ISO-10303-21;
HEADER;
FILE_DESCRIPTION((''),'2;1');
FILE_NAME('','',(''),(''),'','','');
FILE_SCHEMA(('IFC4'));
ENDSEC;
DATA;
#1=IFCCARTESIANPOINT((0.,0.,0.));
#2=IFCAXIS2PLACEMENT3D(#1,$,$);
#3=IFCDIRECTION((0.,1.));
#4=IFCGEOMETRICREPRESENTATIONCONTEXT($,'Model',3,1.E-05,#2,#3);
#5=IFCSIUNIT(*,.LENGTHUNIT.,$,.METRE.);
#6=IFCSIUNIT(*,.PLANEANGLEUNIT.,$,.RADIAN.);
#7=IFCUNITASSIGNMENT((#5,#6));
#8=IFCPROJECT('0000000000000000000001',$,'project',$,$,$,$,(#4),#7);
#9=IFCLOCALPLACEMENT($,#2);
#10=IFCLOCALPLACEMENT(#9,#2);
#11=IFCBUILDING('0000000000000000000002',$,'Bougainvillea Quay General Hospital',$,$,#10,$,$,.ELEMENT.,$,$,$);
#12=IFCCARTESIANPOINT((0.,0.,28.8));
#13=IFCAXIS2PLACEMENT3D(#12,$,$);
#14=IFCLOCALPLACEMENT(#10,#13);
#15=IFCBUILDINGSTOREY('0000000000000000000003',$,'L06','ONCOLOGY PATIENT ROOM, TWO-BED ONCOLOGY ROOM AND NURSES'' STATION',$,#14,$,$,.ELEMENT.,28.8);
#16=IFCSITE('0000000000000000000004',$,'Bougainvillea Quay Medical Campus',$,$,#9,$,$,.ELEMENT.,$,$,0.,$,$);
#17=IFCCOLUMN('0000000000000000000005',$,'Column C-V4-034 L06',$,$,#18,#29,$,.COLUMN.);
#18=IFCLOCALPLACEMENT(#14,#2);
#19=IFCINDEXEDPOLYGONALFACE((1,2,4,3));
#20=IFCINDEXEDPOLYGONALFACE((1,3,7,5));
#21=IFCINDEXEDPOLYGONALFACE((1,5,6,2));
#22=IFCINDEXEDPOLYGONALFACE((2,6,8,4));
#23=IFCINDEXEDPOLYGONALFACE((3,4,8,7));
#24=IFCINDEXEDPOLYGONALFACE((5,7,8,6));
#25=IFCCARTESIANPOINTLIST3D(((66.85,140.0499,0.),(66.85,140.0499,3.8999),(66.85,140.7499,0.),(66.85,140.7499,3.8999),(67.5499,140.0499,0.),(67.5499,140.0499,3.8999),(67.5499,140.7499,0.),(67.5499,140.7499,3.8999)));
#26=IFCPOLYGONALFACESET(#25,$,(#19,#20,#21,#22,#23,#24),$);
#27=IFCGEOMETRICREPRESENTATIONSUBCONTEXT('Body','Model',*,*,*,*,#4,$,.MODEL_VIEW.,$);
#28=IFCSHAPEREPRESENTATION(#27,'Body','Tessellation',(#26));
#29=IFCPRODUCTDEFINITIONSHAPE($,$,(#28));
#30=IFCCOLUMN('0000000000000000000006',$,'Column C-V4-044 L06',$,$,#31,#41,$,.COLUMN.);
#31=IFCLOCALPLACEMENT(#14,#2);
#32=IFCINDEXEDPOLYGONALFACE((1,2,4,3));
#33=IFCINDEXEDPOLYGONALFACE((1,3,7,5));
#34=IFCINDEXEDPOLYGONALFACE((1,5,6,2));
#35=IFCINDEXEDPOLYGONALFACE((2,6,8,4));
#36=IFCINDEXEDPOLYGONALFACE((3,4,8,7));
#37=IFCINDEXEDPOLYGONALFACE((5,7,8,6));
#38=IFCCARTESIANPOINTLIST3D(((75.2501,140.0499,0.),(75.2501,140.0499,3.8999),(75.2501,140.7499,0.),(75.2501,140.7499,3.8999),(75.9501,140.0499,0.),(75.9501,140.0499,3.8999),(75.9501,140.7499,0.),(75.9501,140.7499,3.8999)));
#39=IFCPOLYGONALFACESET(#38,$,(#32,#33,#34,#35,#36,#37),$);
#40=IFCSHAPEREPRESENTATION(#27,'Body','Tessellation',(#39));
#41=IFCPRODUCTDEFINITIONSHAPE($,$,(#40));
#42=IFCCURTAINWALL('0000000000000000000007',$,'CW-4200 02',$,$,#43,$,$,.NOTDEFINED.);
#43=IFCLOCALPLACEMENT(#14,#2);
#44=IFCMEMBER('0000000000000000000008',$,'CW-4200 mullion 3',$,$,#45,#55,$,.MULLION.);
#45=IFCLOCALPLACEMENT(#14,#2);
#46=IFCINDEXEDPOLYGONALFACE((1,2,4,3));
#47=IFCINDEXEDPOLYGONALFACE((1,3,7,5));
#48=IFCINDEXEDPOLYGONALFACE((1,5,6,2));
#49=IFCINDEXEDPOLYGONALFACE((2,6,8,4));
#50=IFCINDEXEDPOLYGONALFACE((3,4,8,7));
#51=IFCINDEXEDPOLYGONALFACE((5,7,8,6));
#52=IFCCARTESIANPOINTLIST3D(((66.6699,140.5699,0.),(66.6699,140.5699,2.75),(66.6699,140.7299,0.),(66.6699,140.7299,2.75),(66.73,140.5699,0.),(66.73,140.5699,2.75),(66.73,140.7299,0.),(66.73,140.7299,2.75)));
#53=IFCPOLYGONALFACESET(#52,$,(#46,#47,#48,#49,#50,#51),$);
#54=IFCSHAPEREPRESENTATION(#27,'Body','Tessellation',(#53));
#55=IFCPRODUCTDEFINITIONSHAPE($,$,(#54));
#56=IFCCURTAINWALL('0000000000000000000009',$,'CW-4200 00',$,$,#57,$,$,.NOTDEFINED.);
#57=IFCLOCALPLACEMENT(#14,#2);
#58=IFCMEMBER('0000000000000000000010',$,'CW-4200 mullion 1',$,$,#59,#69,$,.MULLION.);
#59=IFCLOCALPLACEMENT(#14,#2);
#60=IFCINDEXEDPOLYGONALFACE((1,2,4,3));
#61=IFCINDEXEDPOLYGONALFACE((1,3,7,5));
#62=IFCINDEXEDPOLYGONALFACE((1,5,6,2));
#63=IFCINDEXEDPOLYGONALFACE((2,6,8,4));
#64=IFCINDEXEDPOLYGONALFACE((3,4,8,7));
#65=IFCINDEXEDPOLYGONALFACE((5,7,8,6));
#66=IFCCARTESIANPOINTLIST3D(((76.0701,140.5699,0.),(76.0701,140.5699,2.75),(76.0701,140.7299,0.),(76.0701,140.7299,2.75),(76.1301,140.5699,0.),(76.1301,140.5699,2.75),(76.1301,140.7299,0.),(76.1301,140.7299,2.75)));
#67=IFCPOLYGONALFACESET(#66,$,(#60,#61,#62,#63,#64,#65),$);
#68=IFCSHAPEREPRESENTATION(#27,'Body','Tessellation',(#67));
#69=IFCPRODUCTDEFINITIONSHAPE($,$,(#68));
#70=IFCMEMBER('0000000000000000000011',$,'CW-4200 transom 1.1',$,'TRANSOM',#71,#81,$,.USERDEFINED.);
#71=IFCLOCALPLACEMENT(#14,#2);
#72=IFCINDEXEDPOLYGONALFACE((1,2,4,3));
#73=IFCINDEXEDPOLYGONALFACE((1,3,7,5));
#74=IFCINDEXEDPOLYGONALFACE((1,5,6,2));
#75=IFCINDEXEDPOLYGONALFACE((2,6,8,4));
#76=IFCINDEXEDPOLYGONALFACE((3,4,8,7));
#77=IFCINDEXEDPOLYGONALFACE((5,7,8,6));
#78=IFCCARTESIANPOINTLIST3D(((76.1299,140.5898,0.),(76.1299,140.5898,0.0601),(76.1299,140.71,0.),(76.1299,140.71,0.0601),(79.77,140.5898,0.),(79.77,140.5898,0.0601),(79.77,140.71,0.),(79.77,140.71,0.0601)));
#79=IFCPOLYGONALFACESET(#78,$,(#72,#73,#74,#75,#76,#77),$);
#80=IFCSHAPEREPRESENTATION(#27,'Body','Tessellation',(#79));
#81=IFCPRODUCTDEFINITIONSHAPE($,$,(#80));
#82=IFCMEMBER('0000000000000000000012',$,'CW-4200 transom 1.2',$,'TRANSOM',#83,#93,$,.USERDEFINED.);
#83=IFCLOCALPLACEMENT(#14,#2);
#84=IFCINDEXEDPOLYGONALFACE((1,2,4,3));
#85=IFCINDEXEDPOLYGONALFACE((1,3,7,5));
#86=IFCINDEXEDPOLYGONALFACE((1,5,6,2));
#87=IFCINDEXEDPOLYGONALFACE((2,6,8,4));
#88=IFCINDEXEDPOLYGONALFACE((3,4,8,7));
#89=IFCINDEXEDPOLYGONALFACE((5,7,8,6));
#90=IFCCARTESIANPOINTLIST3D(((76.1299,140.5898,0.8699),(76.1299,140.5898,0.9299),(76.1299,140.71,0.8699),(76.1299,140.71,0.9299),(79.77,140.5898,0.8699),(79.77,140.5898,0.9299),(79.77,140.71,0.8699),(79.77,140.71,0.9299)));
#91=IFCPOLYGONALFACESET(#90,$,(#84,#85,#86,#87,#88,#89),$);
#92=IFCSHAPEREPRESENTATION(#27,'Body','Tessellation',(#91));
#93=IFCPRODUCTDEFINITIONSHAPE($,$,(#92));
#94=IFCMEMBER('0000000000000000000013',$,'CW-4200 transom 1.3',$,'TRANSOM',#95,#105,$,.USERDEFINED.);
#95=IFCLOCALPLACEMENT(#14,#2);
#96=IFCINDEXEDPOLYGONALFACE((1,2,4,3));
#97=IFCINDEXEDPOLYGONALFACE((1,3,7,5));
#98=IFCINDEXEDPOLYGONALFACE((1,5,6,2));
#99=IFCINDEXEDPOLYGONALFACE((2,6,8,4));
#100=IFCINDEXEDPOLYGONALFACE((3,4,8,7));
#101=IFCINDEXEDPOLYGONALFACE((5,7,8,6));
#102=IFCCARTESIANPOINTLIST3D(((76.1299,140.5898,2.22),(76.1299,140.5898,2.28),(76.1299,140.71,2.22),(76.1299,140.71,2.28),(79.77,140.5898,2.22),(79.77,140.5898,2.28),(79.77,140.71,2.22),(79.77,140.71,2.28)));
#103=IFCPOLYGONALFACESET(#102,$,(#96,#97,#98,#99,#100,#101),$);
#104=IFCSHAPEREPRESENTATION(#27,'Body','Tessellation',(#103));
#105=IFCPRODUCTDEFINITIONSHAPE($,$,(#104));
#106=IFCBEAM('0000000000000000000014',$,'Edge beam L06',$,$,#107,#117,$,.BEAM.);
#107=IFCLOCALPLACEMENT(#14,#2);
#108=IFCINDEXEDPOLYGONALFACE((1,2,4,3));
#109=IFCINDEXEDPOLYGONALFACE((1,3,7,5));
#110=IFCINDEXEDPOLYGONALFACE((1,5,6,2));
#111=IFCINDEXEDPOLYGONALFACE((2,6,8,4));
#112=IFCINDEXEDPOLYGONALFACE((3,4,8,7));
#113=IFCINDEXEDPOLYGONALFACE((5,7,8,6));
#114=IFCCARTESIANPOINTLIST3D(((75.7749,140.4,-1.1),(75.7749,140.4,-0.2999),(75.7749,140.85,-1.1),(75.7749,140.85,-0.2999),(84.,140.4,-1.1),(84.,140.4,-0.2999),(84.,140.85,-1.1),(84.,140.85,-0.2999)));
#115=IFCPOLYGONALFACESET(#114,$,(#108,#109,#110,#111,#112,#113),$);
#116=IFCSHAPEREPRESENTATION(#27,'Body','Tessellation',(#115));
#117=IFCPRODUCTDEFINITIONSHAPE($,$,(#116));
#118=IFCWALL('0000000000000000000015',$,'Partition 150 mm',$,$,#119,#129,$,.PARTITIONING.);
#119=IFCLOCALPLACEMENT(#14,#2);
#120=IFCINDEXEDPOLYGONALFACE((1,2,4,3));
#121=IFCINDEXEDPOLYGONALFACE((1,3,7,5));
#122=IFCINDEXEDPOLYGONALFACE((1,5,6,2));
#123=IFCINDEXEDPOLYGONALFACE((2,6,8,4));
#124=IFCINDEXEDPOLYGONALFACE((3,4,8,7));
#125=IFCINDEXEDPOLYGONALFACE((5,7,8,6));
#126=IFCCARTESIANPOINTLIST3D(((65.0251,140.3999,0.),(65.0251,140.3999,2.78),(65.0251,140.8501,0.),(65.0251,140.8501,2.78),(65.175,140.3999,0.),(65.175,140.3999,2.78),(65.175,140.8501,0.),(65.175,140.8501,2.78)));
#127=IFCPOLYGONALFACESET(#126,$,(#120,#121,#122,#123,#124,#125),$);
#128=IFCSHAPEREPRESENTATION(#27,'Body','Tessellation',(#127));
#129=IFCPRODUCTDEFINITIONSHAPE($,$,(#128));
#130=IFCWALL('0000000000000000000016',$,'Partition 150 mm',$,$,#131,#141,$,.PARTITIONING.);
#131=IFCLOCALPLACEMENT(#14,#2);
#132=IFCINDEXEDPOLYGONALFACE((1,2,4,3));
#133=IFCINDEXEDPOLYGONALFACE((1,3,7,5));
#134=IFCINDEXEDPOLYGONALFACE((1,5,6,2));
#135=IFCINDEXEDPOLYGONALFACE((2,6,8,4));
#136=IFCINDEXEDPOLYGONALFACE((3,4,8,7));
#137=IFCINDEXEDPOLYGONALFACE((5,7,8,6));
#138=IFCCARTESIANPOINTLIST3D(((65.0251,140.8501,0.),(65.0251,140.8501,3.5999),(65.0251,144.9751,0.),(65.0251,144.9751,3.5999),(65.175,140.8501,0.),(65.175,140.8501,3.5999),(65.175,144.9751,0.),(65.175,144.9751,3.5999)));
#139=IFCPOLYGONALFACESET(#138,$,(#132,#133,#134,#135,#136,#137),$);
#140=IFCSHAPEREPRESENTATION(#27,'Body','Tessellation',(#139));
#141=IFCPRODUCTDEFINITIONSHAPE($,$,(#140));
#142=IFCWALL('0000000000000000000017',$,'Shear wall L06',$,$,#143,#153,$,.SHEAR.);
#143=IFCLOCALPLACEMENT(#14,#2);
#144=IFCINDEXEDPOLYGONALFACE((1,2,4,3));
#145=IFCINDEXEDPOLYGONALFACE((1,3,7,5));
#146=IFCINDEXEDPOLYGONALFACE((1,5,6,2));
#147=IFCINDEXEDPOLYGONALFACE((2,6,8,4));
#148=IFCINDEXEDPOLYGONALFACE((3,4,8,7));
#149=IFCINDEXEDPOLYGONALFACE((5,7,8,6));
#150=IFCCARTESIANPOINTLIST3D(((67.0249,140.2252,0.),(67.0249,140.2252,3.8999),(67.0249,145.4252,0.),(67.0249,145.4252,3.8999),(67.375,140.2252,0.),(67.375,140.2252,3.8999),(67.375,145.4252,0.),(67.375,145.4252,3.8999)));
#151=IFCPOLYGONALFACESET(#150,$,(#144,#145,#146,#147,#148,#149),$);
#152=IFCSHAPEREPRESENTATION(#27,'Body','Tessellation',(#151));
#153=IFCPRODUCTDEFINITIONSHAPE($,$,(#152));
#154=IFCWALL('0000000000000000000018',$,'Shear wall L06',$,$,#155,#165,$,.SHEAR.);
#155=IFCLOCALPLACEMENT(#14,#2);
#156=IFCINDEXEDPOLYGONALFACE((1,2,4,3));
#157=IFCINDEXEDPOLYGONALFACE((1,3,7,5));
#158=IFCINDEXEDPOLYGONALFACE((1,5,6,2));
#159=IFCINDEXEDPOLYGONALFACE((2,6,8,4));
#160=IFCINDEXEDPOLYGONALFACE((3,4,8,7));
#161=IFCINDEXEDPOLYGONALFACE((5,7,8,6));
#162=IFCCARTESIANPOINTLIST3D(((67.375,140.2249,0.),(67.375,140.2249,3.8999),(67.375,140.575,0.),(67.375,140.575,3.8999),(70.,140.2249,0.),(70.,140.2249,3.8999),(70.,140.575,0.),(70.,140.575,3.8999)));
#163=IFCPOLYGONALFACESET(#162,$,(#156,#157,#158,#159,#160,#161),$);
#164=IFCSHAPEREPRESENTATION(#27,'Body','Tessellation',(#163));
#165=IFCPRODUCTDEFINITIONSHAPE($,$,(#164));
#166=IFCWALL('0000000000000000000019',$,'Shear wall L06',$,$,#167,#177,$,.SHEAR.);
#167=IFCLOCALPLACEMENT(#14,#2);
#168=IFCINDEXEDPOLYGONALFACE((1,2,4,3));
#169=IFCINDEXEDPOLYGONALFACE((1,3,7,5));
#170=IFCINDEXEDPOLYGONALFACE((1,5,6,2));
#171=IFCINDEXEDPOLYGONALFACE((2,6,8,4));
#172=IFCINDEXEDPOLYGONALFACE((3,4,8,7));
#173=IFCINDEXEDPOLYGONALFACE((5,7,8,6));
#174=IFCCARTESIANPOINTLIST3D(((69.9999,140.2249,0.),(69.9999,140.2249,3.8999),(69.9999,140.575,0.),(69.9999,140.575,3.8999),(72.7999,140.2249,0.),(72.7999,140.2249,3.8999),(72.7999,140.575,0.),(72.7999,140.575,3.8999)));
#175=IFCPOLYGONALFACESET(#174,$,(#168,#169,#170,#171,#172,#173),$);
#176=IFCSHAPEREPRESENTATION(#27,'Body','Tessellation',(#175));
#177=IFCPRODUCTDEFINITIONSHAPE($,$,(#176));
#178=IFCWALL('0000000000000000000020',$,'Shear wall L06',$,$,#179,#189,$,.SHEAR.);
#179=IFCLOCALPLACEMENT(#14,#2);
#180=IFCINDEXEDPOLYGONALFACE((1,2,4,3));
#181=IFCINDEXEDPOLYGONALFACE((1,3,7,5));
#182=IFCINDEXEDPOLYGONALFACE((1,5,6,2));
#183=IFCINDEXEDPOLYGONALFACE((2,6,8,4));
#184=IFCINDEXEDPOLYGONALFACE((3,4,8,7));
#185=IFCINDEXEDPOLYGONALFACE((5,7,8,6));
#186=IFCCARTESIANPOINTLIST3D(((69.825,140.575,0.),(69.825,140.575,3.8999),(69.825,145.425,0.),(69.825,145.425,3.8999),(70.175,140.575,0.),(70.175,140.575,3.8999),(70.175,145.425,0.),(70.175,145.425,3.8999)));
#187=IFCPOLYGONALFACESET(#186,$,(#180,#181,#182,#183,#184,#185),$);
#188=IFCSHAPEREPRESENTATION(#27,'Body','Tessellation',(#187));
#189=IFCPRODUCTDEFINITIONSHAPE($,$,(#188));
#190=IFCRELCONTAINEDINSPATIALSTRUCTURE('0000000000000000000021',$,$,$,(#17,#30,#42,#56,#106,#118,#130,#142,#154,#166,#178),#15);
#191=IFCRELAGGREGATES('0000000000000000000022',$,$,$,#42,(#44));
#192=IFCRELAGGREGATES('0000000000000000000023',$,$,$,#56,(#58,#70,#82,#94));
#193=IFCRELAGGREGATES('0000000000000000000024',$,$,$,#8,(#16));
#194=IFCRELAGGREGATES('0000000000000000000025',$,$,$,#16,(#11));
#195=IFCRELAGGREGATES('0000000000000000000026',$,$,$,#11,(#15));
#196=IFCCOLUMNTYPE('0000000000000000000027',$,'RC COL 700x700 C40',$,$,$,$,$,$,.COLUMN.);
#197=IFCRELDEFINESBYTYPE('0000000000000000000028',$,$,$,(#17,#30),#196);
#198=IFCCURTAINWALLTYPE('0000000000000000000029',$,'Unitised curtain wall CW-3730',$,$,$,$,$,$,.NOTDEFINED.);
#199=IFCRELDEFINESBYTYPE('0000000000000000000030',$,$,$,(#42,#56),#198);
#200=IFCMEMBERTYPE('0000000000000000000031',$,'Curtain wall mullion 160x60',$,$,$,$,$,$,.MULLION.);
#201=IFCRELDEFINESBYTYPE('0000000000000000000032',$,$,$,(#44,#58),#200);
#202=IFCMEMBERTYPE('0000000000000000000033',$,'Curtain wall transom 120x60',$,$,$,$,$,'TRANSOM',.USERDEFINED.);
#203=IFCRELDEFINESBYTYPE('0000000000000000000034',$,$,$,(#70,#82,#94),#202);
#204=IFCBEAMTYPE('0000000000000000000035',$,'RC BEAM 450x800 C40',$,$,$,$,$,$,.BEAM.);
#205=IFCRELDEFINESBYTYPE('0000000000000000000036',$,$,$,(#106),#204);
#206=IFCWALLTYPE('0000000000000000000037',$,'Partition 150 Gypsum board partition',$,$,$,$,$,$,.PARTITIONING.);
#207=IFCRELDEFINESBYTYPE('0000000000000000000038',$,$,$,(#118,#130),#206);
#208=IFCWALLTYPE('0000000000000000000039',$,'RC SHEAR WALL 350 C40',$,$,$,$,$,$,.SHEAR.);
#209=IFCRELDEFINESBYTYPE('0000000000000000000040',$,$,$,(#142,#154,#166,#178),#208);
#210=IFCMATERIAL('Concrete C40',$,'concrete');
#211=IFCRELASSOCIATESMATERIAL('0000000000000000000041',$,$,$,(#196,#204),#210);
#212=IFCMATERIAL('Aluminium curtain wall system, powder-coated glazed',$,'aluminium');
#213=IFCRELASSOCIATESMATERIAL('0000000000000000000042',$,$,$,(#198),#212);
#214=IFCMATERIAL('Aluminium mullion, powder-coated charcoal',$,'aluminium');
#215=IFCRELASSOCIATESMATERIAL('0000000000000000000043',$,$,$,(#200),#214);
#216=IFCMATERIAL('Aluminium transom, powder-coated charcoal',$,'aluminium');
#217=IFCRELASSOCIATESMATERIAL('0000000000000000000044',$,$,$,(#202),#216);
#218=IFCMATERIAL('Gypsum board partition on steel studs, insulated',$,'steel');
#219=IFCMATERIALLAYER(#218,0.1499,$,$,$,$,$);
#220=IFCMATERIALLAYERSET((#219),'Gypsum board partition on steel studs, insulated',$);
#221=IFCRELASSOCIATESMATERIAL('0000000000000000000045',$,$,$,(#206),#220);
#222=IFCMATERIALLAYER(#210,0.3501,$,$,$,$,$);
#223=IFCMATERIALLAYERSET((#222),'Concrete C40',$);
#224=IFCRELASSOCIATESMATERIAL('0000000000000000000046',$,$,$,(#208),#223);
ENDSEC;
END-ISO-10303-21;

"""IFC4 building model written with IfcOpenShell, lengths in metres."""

from ifc_helpers import new_model, si_unit, direction, frame, frame_2d, origin, origin_2d, place, context, subcontext, project, spatial, rectangle, extrude, material, layer, layer_set, material_profile, profile_set, type_object, element, aggregate, save


model = new_model("IFC4")

# Units and contexts
model_context = context("Model", 3, precision=1e-05, world=origin(), true_north=direction((0.0, 1.0)))
body_context = subcontext(model_context, "Body", "Model", "MODEL_VIEW")
ifc_project = project(units=[si_unit("LENGTHUNIT", "METRE"), si_unit("PLANEANGLEUNIT", "RADIAN")], contexts=[model_context])

# Site, building, storey
site_placement = place(None, origin())
site = spatial("IfcSite", under=ifc_project, at=site_placement, Name="Bougainvillea Quay Medical Campus", CompositionType="ELEMENT", RefElevation=0.0)
building_placement = place(site_placement, origin())
building = spatial("IfcBuilding", under=site, at=building_placement, Name="Bougainvillea Quay General Hospital", CompositionType="ELEMENT")
storey_placement = place(building_placement, frame((0.0, 0.0, 28.8)))
storey = spatial("IfcBuildingStorey", under=building, at=storey_placement, Name="L06", Description="ONCOLOGY PATIENT ROOM, TWO-BED ONCOLOGY ROOM AND NURSES' STATION", CompositionType="ELEMENT", Elevation=28.8)

# Columns
ifc_material_1 = material(Name="Concrete C40", Category="concrete")
ifc_material_profile_1 = material_profile(ifc_material_1, rectangle(XDim=0.7, YDim=0.7, at=origin_2d()))
ifc_profile_set_1 = profile_set([ifc_material_profile_1], Name="Concrete C40")
column_type = type_object("IfcColumnType", Name="RC COL 700x700 C40", PredefinedType="COLUMN", material=ifc_profile_set_1)
for number, where, z_axis, x_axis, name in (
    (1, (67.2, 140.3999, 0.0), (0.0, 0.0, 1.0), (1.0, 0.0, 0.0), "Column C-V4-034 L06"),
    (2, (75.6001, 140.3999, 0.0), (0.0, 0.0, 1.0), (1.0, 0.0, 0.0), "Column C-V4-044 L06"),
):
    element("IfcColumn", number, at=place(storey_placement, frame(where, z_axis=z_axis, x_axis=x_axis)), inside=storey, type_object=column_type, Name=name, PredefinedType="COLUMN", context=body_context, shape_type="SweptSolid", body=[
        extrude(rectangle(XDim=0.7, YDim=0.7, at=origin_2d()), origin(), (0.0, 0.0, 1.0), 3.8999),
    ])

# Curtain wall, member
ifc_material_2 = material(Name="Aluminium curtain wall system, powder-coated glazed", Category="aluminium")
curtain_wall_type = type_object("IfcCurtainWallType", Name="Unitised curtain wall CW-3730", PredefinedType="NOTDEFINED", material=ifc_material_2)
curtain_wall_1_placement = place(storey_placement, origin())
curtain_wall_1 = element("IfcCurtainWall", 3, at=curtain_wall_1_placement, inside=storey, type_object=curtain_wall_type, Name="CW-4200 02", PredefinedType="NOTDEFINED")
ifc_material_3 = material(Name="Aluminium mullion, powder-coated charcoal", Category="aluminium")
ifc_material_profile_2 = material_profile(ifc_material_3, rectangle(XDim=0.1599, YDim=0.0601, at=origin_2d()))
ifc_profile_set_2 = profile_set([ifc_material_profile_2], Name="Aluminium mullion, powder-coated charcoal")
member_type_1 = type_object("IfcMemberType", Name="Curtain wall mullion 160x60", PredefinedType="MULLION", material=ifc_profile_set_2)
member_1_placement = place(storey_placement, frame((66.7, 140.6499, 0.0), z_axis=(0.0, 0.0, 1.0), x_axis=(0.0, 1.0, 0.0)))
member_1 = element("IfcMember", 4, at=member_1_placement, type_object=member_type_1, Name="CW-4200 mullion 3", PredefinedType="MULLION", context=body_context, shape_type="SweptSolid", body=[
    extrude(rectangle(XDim=0.1599, YDim=0.0601, at=origin_2d()), origin(), (0.0, 0.0, 1.0), 2.75),
])
aggregate(curtain_wall_1, [member_1])

# Curtain wall, members
curtain_wall_2_placement = place(storey_placement, origin())
curtain_wall_2 = element("IfcCurtainWall", 5, at=curtain_wall_2_placement, inside=storey, type_object=curtain_wall_type, Name="CW-4200 00", PredefinedType="NOTDEFINED")
member_2_placement = place(storey_placement, frame((76.1001, 140.6499, 0.0), z_axis=(0.0, 0.0, 1.0), x_axis=(0.0, 1.0, 0.0)))
member_2 = element("IfcMember", 6, at=member_2_placement, type_object=member_type_1, Name="CW-4200 mullion 1", PredefinedType="MULLION", context=body_context, shape_type="SweptSolid", body=[
    extrude(rectangle(XDim=0.1599, YDim=0.0601, at=origin_2d()), origin(), (0.0, 0.0, 1.0), 2.75),
])
ifc_material_4 = material(Name="Aluminium transom, powder-coated charcoal", Category="aluminium")
ifc_material_profile_3 = material_profile(ifc_material_4, rectangle(XDim=0.1201, YDim=0.0601, at=origin_2d()))
ifc_profile_set_3 = profile_set([ifc_material_profile_3], Name="Aluminium transom, powder-coated charcoal")
member_type_2 = type_object("IfcMemberType", Name="Curtain wall transom 120x60", ElementType="TRANSOM", PredefinedType="USERDEFINED", material=ifc_profile_set_3)
member_3_placement = place(storey_placement, frame((76.1299, 140.6499, 0.03), z_axis=(1.0, 0.0, 0.0), x_axis=(0.0, 1.0, 0.0)))
member_3 = element("IfcMember", 7, at=member_3_placement, type_object=member_type_2, Name="CW-4200 transom 1.1", ObjectType="TRANSOM", PredefinedType="USERDEFINED", context=body_context, shape_type="SweptSolid", body=[
    extrude(rectangle(XDim=0.1201, YDim=0.0601, at=origin_2d()), origin(), (0.0, 0.0, 1.0), 3.6401),
])
member_4_placement = place(storey_placement, frame((76.1299, 140.6499, 0.8999), z_axis=(1.0, 0.0, 0.0), x_axis=(0.0, 1.0, 0.0)))
member_4 = element("IfcMember", 8, at=member_4_placement, type_object=member_type_2, Name="CW-4200 transom 1.2", ObjectType="TRANSOM", PredefinedType="USERDEFINED", context=body_context, shape_type="SweptSolid", body=[
    extrude(rectangle(XDim=0.1201, YDim=0.0601, at=origin_2d()), origin(), (0.0, 0.0, 1.0), 3.6401),
])
member_5_placement = place(storey_placement, frame((76.1299, 140.6499, 2.25), z_axis=(1.0, 0.0, 0.0), x_axis=(0.0, 1.0, 0.0)))
member_5 = element("IfcMember", 9, at=member_5_placement, type_object=member_type_2, Name="CW-4200 transom 1.3", ObjectType="TRANSOM", PredefinedType="USERDEFINED", context=body_context, shape_type="SweptSolid", body=[
    extrude(rectangle(XDim=0.1201, YDim=0.0601, at=origin_2d()), origin(), (0.0, 0.0, 1.0), 3.6401),
])
aggregate(curtain_wall_2, [member_2, member_3, member_4, member_5])

# Beam
ifc_material_profile_4 = material_profile(ifc_material_1, rectangle(XDim=0.45, YDim=0.8, at=origin_2d()))
ifc_profile_set_4 = profile_set([ifc_material_profile_4], Name="Concrete C40")
beam_type = type_object("IfcBeamType", Name="RC BEAM 450x800 C40", PredefinedType="BEAM", material=ifc_profile_set_4)
beam_placement = place(storey_placement, frame((75.7749, 140.625, -0.7), z_axis=(1.0, 0.0, 0.0), x_axis=(0.0, 1.0, 0.0)))
element("IfcBeam", 10, at=beam_placement, inside=storey, type_object=beam_type, Name="Edge beam L06", PredefinedType="BEAM", context=body_context, shape_type="SweptSolid", body=[
    extrude(rectangle(XDim=0.45, YDim=0.8, at=origin_2d()), origin(), (0.0, 0.0, 1.0), 8.2251),
])

# Walls
ifc_material_5 = material(Name="Gypsum board partition on steel studs, insulated", Category="steel")
ifc_layer_1 = layer(ifc_material_5, 0.1499)
ifc_layer_set_1 = layer_set([ifc_layer_1], Name="Gypsum board partition on steel studs, insulated")
wall_type_1 = type_object("IfcWallType", Name="Partition 150 Gypsum board partition", PredefinedType="PARTITIONING", material=ifc_layer_set_1)
wall_1_placement = place(storey_placement, frame((65.1001, 140.3999, 0.0), z_axis=(0.0, 0.0, 1.0), x_axis=(0.0, 1.0, 0.0)))
element("IfcWall", 11, at=wall_1_placement, inside=storey, type_object=wall_type_1, Name="Partition 150 mm", PredefinedType="PARTITIONING", context=body_context, shape_type="SweptSolid", body=[
    extrude(rectangle(XDim=0.4502, YDim=0.1499, at=frame_2d((0.2251, 0.0))), origin(), (0.0, 0.0, 1.0), 2.78),
])
wall_2_placement = place(storey_placement, frame((65.1001, 140.8501, 0.0), z_axis=(0.0, 0.0, 1.0), x_axis=(0.0, 1.0, 0.0)))
element("IfcWall", 12, at=wall_2_placement, inside=storey, type_object=wall_type_1, Name="Partition 150 mm", PredefinedType="PARTITIONING", context=body_context, shape_type="SweptSolid", body=[
    extrude(rectangle(XDim=4.125, YDim=0.1499, at=frame_2d((2.0625, 0.0))), origin(), (0.0, 0.0, 1.0), 3.5999),
])
ifc_layer_2 = layer(ifc_material_1, 0.3501)
ifc_layer_set_2 = layer_set([ifc_layer_2], Name="Concrete C40")
wall_type_2 = type_object("IfcWallType", Name="RC SHEAR WALL 350 C40", PredefinedType="SHEAR", material=ifc_layer_set_2)
wall_3_placement = place(storey_placement, frame((67.2, 140.2251, 0.0), z_axis=(0.0, 0.0, 1.0), x_axis=(0.0, 1.0, 0.0)))
element("IfcWall", 13, at=wall_3_placement, inside=storey, type_object=wall_type_2, Name="Shear wall L06", PredefinedType="SHEAR", context=body_context, shape_type="SweptSolid", body=[
    extrude(rectangle(XDim=5.2, YDim=0.3501, at=frame_2d((2.6001, 0.0))), origin(), (0.0, 0.0, 1.0), 3.8999),
])
wall_4_placement = place(storey_placement, frame((67.375, 140.3999, 0.0), z_axis=(0.0, 0.0, 1.0), x_axis=(1.0, 0.0, 0.0)))
element("IfcWall", 14, at=wall_4_placement, inside=storey, type_object=wall_type_2, Name="Shear wall L06", PredefinedType="SHEAR", context=body_context, shape_type="SweptSolid", body=[
    extrude(rectangle(XDim=2.625, YDim=0.3501, at=frame_2d((1.3125, 0.0))), origin(), (0.0, 0.0, 1.0), 3.8999),
])
wall_5_placement = place(storey_placement, frame((70.0, 140.3999, 0.0), z_axis=(0.0, 0.0, 1.0), x_axis=(1.0, 0.0, 0.0)))
element("IfcWall", 15, at=wall_5_placement, inside=storey, type_object=wall_type_2, Name="Shear wall L06", PredefinedType="SHEAR", context=body_context, shape_type="SweptSolid", body=[
    extrude(rectangle(XDim=2.8, YDim=0.3501, at=frame_2d((1.3999, 0.0))), origin(), (0.0, 0.0, 1.0), 3.8999),
])
wall_6_placement = place(storey_placement, frame((70.0, 140.575, 0.0), z_axis=(0.0, 0.0, 1.0), x_axis=(0.0, 1.0, 0.0)))
element("IfcWall", 16, at=wall_6_placement, inside=storey, type_object=wall_type_2, Name="Shear wall L06", PredefinedType="SHEAR", context=body_context, shape_type="SweptSolid", body=[
    extrude(rectangle(XDim=4.8501, YDim=0.3501, at=frame_2d((2.425, 0.0))), origin(), (0.0, 0.0, 1.0), 3.8999),
])

save(model, "model.ifc")
